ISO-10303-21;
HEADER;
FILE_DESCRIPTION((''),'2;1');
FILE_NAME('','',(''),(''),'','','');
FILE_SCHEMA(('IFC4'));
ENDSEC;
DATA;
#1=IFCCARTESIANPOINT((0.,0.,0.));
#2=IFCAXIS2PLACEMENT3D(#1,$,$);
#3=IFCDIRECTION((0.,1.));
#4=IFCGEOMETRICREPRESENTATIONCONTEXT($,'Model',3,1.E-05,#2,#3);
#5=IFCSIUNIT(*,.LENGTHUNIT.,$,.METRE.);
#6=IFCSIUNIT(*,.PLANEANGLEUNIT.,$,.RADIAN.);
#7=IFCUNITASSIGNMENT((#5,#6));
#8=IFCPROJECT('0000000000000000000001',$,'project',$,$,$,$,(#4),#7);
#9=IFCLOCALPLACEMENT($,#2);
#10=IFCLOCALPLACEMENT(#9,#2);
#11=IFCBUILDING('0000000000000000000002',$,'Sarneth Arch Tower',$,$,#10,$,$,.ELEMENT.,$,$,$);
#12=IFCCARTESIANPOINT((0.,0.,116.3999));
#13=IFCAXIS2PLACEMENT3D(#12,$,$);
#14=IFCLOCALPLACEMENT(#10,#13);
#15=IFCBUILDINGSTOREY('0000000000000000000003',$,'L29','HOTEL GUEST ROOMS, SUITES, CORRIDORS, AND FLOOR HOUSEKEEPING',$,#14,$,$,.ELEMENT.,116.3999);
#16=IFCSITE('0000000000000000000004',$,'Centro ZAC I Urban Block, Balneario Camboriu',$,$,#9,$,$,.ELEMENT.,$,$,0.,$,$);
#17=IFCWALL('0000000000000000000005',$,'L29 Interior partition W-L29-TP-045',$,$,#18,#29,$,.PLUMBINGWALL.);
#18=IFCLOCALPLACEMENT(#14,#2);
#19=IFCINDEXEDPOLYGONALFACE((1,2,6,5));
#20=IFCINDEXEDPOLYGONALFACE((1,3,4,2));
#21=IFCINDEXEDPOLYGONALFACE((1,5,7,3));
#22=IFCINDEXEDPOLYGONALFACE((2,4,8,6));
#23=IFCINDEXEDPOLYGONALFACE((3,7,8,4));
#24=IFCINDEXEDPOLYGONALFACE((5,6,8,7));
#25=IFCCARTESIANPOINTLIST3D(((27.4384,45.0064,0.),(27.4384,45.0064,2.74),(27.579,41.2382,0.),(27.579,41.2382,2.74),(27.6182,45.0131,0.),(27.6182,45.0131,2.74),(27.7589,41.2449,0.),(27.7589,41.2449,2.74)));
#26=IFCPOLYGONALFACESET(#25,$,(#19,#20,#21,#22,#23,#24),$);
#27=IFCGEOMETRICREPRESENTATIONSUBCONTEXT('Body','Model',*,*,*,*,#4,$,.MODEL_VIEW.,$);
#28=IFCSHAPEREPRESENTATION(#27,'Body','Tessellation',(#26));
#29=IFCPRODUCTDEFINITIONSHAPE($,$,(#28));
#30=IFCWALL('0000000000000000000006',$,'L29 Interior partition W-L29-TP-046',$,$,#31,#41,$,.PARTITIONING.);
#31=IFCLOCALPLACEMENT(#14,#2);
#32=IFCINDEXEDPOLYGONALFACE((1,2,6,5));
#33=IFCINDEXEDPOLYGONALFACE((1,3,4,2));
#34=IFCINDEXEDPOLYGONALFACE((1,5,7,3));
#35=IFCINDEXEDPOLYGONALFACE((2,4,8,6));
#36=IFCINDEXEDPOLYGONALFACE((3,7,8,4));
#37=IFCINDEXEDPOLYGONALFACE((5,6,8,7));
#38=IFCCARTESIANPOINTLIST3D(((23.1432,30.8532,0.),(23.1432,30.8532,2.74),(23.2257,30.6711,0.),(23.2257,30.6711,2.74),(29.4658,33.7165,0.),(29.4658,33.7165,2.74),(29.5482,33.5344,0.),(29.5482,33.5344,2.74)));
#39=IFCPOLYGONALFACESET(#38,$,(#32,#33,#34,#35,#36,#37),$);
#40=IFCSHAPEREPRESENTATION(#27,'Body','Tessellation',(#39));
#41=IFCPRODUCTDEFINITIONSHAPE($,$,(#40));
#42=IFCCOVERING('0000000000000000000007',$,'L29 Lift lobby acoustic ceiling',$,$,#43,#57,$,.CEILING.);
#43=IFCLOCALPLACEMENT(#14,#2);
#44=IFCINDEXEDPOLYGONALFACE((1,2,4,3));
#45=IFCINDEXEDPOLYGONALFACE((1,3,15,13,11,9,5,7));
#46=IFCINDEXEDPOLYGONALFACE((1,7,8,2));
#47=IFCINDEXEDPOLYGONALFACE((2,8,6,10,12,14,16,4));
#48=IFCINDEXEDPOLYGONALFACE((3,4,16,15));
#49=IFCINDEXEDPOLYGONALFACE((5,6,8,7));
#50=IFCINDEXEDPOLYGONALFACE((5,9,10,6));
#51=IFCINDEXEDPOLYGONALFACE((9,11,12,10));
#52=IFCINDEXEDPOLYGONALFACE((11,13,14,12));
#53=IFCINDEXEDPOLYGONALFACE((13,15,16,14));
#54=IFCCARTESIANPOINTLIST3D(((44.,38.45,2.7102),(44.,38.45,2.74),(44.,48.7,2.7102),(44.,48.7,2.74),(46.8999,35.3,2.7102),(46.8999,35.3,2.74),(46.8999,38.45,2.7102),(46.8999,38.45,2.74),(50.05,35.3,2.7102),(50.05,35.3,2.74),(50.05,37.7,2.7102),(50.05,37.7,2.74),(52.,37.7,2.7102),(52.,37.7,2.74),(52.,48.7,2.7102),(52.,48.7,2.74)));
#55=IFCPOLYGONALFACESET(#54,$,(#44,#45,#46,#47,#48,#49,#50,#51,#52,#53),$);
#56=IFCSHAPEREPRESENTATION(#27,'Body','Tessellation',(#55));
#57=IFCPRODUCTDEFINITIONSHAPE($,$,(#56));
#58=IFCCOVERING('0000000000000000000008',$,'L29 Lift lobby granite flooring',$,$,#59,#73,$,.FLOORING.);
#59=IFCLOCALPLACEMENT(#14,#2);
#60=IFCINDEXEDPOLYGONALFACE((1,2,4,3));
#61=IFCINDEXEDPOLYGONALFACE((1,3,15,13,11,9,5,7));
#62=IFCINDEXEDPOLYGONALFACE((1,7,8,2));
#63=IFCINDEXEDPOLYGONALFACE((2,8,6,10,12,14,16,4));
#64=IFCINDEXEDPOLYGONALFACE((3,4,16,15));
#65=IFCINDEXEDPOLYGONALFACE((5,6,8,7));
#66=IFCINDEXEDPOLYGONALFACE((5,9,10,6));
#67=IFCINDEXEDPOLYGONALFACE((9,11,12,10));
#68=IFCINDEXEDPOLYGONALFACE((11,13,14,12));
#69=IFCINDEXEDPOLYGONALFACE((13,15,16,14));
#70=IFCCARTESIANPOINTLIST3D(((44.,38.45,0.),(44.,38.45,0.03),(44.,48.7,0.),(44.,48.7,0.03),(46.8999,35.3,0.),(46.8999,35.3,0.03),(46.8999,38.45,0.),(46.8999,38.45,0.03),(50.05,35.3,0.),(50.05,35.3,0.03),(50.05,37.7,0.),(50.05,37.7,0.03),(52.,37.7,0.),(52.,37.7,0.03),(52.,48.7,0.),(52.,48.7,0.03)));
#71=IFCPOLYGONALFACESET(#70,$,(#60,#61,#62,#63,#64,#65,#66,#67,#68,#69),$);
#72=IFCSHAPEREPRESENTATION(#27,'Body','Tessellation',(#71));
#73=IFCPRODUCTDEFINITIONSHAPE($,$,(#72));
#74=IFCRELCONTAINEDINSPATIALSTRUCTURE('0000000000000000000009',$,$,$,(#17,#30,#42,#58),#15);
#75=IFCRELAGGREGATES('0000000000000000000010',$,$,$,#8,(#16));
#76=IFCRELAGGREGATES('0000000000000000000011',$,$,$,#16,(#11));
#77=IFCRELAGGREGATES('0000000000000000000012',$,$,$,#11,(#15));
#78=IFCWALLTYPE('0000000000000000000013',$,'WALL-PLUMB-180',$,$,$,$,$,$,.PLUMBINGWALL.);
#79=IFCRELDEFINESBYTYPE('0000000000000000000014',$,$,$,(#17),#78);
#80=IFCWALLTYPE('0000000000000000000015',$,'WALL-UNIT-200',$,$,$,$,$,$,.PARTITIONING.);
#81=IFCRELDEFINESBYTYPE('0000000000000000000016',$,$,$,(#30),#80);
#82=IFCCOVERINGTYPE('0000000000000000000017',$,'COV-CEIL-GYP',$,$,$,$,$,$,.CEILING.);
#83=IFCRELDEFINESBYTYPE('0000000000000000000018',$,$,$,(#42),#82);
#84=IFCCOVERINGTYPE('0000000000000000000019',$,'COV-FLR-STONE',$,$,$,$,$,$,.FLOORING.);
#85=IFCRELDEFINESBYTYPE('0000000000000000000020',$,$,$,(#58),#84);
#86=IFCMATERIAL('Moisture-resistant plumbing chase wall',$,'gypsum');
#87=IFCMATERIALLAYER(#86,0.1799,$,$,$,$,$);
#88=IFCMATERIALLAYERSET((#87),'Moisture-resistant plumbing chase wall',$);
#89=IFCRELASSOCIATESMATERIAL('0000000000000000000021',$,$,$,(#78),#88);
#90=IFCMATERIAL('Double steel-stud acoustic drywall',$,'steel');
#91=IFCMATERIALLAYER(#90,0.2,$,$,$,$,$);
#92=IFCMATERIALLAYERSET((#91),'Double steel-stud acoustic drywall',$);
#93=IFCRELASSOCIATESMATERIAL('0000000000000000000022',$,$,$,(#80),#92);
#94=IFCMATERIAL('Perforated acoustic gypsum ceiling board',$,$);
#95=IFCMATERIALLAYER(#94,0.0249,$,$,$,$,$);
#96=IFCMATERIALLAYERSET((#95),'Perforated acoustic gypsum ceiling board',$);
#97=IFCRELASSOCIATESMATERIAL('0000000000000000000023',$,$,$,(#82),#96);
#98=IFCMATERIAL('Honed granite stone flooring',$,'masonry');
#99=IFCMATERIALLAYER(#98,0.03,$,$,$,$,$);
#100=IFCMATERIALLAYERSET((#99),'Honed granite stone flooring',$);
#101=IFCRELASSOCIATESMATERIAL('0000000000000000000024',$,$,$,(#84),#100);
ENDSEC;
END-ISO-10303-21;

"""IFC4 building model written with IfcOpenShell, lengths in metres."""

from ifc_helpers import new_model, si_unit, direction, frame, frame_2d, origin, place, context, subcontext, project, spatial, polyline, rectangle, outline, extrude, material, layer, layer_set, type_object, element, save


model = new_model("IFC4")

# Units and contexts
model_context = context("Model", 3, precision=1e-05, world=origin(), true_north=direction((0.0, 1.0)))
body_context = subcontext(model_context, "Body", "Model", "MODEL_VIEW")
ifc_project = project(units=[si_unit("LENGTHUNIT", "METRE"), si_unit("PLANEANGLEUNIT", "RADIAN")], contexts=[model_context])

# Site, building, storey
site_placement = place(None, origin())
site = spatial("IfcSite", under=ifc_project, at=site_placement, Name="Centro ZAC I Urban Block, Balneario Camboriu", CompositionType="ELEMENT", RefElevation=0.0)
building_placement = place(site_placement, origin())
building = spatial("IfcBuilding", under=site, at=building_placement, Name="Sarneth Arch Tower", CompositionType="ELEMENT")
storey_placement = place(building_placement, frame((0.0, 0.0, 116.3999)))
storey = spatial("IfcBuildingStorey", under=building, at=storey_placement, Name="L29", Description="HOTEL GUEST ROOMS, SUITES, CORRIDORS, AND FLOOR HOUSEKEEPING", CompositionType="ELEMENT", Elevation=116.3999)

# Walls
ifc_material_1 = material(Name="Moisture-resistant plumbing chase wall", Category="gypsum")
ifc_layer_1 = layer(ifc_material_1, 0.1799)
ifc_layer_set_1 = layer_set([ifc_layer_1], Name="Moisture-resistant plumbing chase wall")
wall_type_1 = type_object("IfcWallType", Name="WALL-PLUMB-180", PredefinedType="PLUMBINGWALL", material=ifc_layer_set_1)
wall_1_placement = place(storey_placement, frame((27.6689, 41.2417, 0.0), z_axis=(0.0, 0.0, 1.0), x_axis=(-0.037294, 0.999304, 0.0)))
element("IfcWall", 1, at=wall_1_placement, inside=storey, type_object=wall_type_1, Name="L29 Interior partition W-L29-TP-045", PredefinedType="PLUMBINGWALL", context=body_context, shape_type="SweptSolid", body=[
    extrude(rectangle(XDim=3.7708, YDim=0.1799, at=frame_2d((1.8853, 0.0))), origin(), (0.0, 0.0, 1.0), 2.74),
])
ifc_material_2 = material(Name="Double steel-stud acoustic drywall", Category="steel")
ifc_layer_2 = layer(ifc_material_2, 0.2)
ifc_layer_set_2 = layer_set([ifc_layer_2], Name="Double steel-stud acoustic drywall")
wall_type_2 = type_object("IfcWallType", Name="WALL-UNIT-200", PredefinedType="PARTITIONING", material=ifc_layer_set_2)
wall_2_placement = place(storey_placement, frame((23.1846, 30.7622, 0.0), z_axis=(0.0, 0.0, 1.0), x_axis=(0.91094, 0.412538, 0.0)))
element("IfcWall", 2, at=wall_2_placement, inside=storey, type_object=wall_type_2, Name="L29 Interior partition W-L29-TP-046", PredefinedType="PARTITIONING", context=body_context, shape_type="SweptSolid", body=[
    extrude(rectangle(XDim=6.9407, YDim=0.2, at=frame_2d((3.4702, 0.0))), origin(), (0.0, 0.0, 1.0), 2.74),
])

# Coverings
ifc_material_3 = material(Name="Perforated acoustic gypsum ceiling board")
ifc_layer_3 = layer(ifc_material_3, 0.0249)
ifc_layer_set_3 = layer_set([ifc_layer_3], Name="Perforated acoustic gypsum ceiling board")
covering_type_1 = type_object("IfcCoveringType", Name="COV-CEIL-GYP", PredefinedType="CEILING", material=ifc_layer_set_3)
covering_1_placement = place(storey_placement, frame((0.0, 0.0, 2.7102)))
element("IfcCovering", 3, at=covering_1_placement, inside=storey, type_object=covering_type_1, Name="L29 Lift lobby acoustic ceiling", PredefinedType="CEILING", context=body_context, shape_type="SweptSolid", body=[
    extrude(outline(polyline([(52.0, 37.7), (50.05, 37.7), (50.05, 35.3), (46.8999, 35.3), (46.8999, 38.45), (44.0, 38.45), (44.0, 48.7), (52.0, 48.7), (52.0, 37.7)])), origin(), (0.0, 0.0, 1.0), 0.0298),
])
ifc_material_4 = material(Name="Honed granite stone flooring", Category="masonry")
ifc_layer_4 = layer(ifc_material_4, 0.03)
ifc_layer_set_4 = layer_set([ifc_layer_4], Name="Honed granite stone flooring")
covering_type_2 = type_object("IfcCoveringType", Name="COV-FLR-STONE", PredefinedType="FLOORING", material=ifc_layer_set_4)
covering_2_placement = place(storey_placement, origin())
element("IfcCovering", 4, at=covering_2_placement, inside=storey, type_object=covering_type_2, Name="L29 Lift lobby granite flooring", PredefinedType="FLOORING", context=body_context, shape_type="SweptSolid", body=[
    extrude(outline(polyline([(52.0, 37.7), (50.05, 37.7), (50.05, 35.3), (46.8999, 35.3), (46.8999, 38.45), (44.0, 38.45), (44.0, 48.7), (52.0, 48.7), (52.0, 37.7)])), origin(), (0.0, 0.0, 1.0), 0.03),
])

save(model, "model.ifc")
